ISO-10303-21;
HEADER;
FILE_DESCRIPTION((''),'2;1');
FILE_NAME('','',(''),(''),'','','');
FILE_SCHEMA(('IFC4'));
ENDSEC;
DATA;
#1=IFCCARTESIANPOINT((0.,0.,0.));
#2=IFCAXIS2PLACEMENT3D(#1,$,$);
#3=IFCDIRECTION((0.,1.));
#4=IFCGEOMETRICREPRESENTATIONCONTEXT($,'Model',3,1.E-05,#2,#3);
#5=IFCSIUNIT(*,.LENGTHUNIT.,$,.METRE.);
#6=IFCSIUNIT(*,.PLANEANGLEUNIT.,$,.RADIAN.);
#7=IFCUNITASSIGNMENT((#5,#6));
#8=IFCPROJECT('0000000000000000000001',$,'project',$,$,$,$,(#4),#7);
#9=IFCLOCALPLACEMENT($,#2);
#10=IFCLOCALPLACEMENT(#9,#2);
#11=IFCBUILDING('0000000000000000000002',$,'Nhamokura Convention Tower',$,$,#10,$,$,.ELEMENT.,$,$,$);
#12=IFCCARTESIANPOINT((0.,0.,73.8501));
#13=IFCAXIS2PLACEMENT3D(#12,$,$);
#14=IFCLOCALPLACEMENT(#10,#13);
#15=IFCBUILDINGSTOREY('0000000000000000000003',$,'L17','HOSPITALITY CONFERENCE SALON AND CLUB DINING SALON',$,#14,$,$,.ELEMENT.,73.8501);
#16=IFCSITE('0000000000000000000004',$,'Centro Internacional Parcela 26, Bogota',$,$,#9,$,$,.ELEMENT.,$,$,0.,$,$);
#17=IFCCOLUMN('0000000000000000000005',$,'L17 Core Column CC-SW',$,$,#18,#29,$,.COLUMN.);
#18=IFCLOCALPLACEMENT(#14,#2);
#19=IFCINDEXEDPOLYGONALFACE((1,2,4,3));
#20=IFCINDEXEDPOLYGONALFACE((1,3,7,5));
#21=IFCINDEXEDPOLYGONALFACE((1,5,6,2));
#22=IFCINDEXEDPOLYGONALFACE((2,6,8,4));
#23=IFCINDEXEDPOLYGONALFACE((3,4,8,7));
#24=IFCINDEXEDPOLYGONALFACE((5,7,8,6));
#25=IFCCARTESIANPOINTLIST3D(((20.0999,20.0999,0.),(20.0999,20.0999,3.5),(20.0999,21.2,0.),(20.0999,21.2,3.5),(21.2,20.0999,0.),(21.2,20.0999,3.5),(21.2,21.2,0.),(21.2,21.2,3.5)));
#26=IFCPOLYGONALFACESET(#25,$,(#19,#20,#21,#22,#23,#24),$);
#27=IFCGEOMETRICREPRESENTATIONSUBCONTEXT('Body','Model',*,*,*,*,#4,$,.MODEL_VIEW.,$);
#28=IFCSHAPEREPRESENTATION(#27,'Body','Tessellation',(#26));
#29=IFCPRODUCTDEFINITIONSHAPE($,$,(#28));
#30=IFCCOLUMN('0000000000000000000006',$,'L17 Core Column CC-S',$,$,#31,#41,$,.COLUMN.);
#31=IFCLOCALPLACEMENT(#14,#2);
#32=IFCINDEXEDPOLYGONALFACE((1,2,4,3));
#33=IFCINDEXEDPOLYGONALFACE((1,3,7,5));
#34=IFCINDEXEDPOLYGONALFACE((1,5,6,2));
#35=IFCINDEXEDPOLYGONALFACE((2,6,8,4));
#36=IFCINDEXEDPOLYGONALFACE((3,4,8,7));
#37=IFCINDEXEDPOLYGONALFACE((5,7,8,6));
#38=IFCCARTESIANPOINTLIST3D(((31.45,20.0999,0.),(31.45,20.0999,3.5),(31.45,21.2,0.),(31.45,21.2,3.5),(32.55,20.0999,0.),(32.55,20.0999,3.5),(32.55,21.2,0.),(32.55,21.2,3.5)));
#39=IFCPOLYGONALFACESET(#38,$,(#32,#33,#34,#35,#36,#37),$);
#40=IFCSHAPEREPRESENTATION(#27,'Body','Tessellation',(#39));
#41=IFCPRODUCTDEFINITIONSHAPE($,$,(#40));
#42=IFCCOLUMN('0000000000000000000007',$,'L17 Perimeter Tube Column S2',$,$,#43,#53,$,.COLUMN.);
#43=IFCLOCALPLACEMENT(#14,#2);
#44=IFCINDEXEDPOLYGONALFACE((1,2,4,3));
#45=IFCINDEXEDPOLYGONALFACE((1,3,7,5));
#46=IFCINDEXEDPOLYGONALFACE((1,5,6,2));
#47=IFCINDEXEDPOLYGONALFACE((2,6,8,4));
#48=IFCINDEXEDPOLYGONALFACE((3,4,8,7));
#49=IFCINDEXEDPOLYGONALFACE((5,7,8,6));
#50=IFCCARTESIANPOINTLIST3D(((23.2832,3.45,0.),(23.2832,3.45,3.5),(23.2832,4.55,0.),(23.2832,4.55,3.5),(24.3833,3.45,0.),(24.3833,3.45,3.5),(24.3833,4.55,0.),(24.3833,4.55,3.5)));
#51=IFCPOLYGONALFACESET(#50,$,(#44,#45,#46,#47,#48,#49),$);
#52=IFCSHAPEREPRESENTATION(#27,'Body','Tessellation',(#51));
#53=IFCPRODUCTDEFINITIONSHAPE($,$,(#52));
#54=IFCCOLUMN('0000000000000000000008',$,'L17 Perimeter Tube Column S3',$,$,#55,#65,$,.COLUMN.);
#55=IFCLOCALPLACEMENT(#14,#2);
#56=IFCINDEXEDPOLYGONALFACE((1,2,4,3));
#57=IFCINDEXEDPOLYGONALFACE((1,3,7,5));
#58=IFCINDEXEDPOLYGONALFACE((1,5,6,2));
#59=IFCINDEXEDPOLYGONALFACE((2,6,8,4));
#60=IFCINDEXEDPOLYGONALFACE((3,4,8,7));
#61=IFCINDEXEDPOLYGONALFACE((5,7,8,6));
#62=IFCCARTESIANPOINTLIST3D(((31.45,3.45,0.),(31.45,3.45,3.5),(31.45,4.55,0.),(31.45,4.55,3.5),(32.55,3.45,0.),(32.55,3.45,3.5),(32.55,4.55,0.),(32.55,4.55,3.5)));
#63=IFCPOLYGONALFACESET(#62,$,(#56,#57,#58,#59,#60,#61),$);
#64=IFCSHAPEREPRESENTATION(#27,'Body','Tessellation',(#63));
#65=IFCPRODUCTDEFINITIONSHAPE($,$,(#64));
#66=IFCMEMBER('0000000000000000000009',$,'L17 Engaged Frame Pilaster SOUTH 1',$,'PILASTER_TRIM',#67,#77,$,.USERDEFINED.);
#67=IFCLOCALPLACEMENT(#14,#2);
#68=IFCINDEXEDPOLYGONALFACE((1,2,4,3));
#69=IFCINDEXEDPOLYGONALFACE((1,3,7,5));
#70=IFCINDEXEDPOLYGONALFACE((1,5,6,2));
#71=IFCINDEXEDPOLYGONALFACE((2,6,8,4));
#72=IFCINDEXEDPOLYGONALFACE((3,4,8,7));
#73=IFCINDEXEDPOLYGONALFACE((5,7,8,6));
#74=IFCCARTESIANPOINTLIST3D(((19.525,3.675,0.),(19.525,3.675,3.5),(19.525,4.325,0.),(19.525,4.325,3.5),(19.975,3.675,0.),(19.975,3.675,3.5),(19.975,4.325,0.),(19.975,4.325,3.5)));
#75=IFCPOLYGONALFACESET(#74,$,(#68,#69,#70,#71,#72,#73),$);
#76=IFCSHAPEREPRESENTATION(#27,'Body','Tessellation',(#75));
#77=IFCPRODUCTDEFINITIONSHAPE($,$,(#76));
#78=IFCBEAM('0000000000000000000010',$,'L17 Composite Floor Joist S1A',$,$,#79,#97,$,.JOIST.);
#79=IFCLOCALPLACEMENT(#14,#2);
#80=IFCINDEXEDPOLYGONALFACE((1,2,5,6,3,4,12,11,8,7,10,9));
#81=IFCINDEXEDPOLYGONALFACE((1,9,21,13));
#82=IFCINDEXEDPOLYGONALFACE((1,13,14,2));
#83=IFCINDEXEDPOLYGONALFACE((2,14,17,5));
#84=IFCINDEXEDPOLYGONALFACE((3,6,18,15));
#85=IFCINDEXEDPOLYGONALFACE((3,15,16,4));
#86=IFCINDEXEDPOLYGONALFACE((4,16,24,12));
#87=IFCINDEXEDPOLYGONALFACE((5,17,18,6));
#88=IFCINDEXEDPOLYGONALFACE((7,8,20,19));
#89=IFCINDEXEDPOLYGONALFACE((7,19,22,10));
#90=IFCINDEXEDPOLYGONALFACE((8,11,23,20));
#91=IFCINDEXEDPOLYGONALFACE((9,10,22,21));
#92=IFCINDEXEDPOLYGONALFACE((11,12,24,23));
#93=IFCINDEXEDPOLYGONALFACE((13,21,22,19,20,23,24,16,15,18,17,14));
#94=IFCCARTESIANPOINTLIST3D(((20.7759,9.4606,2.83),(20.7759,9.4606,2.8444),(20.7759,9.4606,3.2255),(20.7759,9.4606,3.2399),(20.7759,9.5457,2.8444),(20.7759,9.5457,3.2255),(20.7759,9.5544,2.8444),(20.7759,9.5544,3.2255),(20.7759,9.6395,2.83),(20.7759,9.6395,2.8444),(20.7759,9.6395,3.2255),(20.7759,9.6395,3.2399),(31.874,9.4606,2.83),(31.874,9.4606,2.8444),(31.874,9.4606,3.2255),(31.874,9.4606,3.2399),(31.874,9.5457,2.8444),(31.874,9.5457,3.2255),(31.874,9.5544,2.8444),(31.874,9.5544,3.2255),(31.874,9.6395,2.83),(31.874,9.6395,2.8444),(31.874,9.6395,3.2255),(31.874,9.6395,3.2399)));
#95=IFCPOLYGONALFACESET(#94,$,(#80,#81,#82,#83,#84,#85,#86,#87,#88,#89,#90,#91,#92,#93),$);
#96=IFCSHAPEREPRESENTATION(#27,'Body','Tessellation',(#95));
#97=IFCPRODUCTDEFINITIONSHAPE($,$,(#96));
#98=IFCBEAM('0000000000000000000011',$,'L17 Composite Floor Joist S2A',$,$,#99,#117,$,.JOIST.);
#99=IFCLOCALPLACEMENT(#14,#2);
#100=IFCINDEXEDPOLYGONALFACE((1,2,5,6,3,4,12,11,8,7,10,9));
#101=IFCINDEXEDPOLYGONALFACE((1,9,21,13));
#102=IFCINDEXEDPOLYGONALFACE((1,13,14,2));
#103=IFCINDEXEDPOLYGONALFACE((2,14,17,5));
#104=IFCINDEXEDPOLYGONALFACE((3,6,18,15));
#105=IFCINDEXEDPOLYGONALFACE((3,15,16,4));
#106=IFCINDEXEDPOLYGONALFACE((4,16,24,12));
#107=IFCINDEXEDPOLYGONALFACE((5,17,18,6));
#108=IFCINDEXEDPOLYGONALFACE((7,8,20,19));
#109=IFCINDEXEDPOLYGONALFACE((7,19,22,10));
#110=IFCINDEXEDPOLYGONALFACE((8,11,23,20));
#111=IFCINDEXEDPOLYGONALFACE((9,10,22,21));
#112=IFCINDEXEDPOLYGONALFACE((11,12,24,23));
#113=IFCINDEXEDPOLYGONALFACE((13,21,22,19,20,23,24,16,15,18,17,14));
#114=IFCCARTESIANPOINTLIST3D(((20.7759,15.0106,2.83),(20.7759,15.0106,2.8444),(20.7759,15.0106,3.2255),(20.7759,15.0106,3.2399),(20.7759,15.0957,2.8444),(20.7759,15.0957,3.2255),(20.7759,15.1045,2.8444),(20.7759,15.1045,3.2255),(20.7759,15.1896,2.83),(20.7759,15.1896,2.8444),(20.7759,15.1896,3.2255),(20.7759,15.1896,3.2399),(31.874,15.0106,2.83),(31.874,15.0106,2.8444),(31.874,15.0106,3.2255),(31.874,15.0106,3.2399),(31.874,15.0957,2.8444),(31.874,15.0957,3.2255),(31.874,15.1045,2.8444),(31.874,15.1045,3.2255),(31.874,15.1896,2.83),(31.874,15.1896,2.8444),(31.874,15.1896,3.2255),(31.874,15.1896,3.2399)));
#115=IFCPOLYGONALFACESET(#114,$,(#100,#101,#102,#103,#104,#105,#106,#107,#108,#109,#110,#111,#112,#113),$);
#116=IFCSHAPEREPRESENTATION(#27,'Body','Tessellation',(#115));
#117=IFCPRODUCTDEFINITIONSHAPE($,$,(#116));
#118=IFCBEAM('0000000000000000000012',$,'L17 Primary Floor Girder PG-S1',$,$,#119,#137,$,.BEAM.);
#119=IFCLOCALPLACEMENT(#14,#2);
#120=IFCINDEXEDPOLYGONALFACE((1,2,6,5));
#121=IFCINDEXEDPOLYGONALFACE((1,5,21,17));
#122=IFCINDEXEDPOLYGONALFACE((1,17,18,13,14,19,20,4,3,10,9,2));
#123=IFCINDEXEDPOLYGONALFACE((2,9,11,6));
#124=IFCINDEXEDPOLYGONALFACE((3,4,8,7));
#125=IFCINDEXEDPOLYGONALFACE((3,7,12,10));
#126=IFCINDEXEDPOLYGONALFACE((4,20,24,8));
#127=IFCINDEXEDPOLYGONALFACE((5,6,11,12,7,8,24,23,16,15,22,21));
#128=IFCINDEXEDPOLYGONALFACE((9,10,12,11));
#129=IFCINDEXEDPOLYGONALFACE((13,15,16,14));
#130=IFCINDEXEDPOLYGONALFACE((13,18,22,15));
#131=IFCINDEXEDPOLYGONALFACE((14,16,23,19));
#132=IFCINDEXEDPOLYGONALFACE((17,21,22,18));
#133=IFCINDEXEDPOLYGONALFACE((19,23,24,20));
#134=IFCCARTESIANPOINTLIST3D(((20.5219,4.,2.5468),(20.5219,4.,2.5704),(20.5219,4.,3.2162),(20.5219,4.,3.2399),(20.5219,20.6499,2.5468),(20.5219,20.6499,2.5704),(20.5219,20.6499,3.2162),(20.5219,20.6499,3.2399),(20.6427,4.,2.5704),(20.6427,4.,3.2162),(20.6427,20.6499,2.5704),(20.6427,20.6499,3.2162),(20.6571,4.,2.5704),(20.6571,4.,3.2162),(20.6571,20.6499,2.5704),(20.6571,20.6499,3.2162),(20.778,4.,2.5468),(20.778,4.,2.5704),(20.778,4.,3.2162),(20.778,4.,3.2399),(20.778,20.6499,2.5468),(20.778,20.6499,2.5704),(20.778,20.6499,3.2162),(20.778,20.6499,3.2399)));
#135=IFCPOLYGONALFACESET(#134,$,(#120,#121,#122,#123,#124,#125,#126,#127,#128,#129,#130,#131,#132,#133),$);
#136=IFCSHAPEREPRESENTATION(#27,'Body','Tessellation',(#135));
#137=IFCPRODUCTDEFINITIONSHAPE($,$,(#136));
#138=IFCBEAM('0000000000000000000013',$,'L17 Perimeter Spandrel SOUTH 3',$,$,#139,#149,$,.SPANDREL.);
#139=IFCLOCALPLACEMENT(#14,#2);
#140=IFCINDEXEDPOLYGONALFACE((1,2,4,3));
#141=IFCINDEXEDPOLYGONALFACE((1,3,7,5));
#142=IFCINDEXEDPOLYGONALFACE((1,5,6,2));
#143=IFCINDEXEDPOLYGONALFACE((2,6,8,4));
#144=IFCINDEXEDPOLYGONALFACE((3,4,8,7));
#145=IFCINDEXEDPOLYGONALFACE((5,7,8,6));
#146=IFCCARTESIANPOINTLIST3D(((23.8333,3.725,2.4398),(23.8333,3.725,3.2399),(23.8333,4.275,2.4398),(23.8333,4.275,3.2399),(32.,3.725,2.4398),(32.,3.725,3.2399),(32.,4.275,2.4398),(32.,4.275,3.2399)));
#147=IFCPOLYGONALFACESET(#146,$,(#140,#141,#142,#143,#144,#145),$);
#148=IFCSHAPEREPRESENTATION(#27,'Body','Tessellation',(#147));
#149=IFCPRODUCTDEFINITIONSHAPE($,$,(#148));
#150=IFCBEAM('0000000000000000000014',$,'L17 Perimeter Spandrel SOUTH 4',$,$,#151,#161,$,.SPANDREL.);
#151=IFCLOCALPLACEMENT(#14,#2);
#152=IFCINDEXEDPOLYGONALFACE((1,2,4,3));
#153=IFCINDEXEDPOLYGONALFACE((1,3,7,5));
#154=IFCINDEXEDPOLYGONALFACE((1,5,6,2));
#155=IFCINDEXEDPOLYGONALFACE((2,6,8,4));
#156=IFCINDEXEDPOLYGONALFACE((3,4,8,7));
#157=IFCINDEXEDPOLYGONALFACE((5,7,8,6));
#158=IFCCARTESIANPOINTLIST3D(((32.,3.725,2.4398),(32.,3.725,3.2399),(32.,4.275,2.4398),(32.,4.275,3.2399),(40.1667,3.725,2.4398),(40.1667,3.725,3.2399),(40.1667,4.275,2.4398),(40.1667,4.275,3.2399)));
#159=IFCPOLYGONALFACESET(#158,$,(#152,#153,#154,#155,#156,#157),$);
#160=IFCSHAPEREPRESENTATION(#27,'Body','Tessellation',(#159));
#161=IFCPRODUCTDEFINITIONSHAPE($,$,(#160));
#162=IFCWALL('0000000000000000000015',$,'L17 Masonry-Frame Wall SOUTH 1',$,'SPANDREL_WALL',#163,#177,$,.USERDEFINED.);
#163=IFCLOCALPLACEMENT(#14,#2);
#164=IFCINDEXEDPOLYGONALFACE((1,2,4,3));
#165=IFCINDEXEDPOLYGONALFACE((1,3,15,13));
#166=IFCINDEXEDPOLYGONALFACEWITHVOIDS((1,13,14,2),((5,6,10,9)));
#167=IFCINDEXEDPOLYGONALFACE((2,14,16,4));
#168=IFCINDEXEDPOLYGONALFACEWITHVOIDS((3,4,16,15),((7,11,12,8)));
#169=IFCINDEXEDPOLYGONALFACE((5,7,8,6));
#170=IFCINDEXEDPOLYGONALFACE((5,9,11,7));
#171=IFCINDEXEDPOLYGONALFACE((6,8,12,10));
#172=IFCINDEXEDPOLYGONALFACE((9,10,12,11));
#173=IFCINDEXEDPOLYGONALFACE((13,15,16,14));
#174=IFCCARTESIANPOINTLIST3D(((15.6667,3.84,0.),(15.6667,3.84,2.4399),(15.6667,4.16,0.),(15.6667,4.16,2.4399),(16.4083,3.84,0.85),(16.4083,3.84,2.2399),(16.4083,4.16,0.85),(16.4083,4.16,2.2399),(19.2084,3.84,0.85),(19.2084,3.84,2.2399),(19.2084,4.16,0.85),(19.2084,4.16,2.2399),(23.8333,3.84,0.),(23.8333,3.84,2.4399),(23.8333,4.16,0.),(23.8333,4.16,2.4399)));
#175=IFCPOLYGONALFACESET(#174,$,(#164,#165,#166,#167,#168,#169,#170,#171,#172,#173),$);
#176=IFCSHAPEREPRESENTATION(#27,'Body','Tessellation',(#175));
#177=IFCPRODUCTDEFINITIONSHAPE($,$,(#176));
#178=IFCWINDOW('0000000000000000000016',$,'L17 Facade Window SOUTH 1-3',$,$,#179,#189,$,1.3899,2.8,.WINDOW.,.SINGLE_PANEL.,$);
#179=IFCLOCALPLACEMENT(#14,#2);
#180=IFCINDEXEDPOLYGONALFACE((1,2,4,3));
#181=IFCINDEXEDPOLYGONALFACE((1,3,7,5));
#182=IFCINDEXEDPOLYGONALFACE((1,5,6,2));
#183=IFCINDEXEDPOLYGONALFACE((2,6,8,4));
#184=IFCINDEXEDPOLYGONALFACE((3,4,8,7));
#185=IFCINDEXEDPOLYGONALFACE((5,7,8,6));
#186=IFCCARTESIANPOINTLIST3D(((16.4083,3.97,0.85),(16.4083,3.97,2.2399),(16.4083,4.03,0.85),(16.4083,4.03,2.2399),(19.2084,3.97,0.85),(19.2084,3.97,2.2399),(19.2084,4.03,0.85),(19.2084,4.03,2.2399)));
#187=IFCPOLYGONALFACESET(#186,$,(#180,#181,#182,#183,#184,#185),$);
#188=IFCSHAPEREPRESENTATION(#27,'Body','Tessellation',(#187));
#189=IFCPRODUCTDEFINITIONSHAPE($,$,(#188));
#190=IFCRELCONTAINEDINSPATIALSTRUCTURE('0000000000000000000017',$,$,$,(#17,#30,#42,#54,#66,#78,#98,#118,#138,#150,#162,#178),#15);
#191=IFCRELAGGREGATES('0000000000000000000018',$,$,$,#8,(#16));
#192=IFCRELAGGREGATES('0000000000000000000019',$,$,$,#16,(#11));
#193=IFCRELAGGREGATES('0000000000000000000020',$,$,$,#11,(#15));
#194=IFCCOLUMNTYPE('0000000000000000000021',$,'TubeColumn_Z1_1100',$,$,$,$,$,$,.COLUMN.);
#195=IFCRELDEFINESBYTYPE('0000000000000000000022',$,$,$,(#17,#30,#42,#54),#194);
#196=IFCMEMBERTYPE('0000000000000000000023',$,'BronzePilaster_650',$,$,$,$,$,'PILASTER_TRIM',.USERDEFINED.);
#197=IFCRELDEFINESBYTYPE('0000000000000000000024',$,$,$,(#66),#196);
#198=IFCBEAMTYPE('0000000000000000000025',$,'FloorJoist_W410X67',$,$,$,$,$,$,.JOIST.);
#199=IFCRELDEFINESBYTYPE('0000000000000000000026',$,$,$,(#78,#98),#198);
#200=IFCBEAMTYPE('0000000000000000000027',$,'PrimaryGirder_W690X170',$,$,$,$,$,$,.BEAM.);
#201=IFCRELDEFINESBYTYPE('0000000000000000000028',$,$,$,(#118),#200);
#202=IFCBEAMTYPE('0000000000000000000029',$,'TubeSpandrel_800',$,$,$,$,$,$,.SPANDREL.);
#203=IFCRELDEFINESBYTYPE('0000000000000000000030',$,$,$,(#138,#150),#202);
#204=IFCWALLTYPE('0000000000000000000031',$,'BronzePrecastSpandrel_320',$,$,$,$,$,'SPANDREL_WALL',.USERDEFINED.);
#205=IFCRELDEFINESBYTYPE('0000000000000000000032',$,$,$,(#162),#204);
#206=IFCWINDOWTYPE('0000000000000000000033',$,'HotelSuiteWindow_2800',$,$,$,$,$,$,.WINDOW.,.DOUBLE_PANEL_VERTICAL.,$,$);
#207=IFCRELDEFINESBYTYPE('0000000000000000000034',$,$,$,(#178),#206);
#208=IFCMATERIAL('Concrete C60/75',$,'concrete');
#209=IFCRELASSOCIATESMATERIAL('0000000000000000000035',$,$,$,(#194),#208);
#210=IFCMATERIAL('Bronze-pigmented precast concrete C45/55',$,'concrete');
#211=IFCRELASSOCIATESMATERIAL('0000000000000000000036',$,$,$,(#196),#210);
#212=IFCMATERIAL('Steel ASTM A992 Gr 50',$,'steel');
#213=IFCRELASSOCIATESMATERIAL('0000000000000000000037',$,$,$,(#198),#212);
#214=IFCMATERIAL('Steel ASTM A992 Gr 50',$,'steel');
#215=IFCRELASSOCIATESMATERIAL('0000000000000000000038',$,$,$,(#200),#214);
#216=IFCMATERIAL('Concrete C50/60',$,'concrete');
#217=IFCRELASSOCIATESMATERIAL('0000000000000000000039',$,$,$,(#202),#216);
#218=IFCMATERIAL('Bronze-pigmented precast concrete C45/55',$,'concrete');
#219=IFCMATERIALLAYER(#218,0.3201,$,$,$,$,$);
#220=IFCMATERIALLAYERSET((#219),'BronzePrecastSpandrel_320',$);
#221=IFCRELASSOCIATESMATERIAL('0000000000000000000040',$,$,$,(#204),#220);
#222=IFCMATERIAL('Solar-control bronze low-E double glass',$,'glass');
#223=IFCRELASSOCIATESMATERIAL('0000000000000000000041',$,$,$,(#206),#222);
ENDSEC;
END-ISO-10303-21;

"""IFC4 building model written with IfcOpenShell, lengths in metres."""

from ifc_helpers import new_model, si_unit, direction, frame, frame_2d, origin, origin_2d, place, context, subcontext, project, spatial, rectangle, i_section, extrude, material, layer, layer_set, material_profile, profile_set, type_object, element, fill, save


model = new_model("IFC4")

# Units and contexts
model_context = context("Model", 3, precision=1e-05, world=origin(), true_north=direction((0.0, 1.0)))
body_context = subcontext(model_context, "Body", "Model", "MODEL_VIEW")
ifc_project = project(units=[si_unit("LENGTHUNIT", "METRE"), si_unit("PLANEANGLEUNIT", "RADIAN")], contexts=[model_context])

# Site, building, storey
site_placement = place(None, origin())
site = spatial("IfcSite", under=ifc_project, at=site_placement, Name="Centro Internacional Parcela 26, Bogota", CompositionType="ELEMENT", RefElevation=0.0)
building_placement = place(site_placement, origin())
building = spatial("IfcBuilding", under=site, at=building_placement, Name="Nhamokura Convention Tower", CompositionType="ELEMENT")
storey_placement = place(building_placement, frame((0.0, 0.0, 73.8501)))
storey = spatial("IfcBuildingStorey", under=building, at=storey_placement, Name="L17", Description="HOSPITALITY CONFERENCE SALON AND CLUB DINING SALON", CompositionType="ELEMENT", Elevation=73.8501)

# Columns
ifc_material_1 = material(Name="Concrete C60/75", Category="concrete")
ifc_material_profile_1 = material_profile(ifc_material_1, rectangle(XDim=1.1001, YDim=1.1001, at=origin_2d()))
ifc_profile_set_1 = profile_set([ifc_material_profile_1], Name="Concrete C60/75")
column_type = type_object("IfcColumnType", Name="TubeColumn_Z1_1100", PredefinedType="COLUMN", material=ifc_profile_set_1)
for number, where, z_axis, x_axis, name in (
    (1, (20.6499, 20.6499, 0.0), (0.0, 0.0, 1.0), (1.0, 0.0, 0.0), "L17 Core Column CC-SW"),
    (2, (32.0, 20.6499, 0.0), (0.0, 0.0, 1.0), (1.0, 0.0, 0.0), "L17 Core Column CC-S"),
    (3, (23.8333, 4.0, 0.0), (0.0, 0.0, 1.0), (1.0, 0.0, 0.0), "L17 Perimeter Tube Column S2"),
    (4, (32.0, 4.0, 0.0), (0.0, 0.0, 1.0), (1.0, 0.0, 0.0), "L17 Perimeter Tube Column S3"),
):
    element("IfcColumn", number, at=place(storey_placement, frame(where, z_axis=z_axis, x_axis=x_axis)), inside=storey, type_object=column_type, Name=name, PredefinedType="COLUMN", context=body_context, shape_type="SweptSolid", body=[
        extrude(rectangle(XDim=1.1001, YDim=1.1001, at=origin_2d()), origin(), (0.0, 0.0, 1.0), 3.5),
    ])

# Member
ifc_material_2 = material(Name="Bronze-pigmented precast concrete C45/55", Category="concrete")
ifc_material_profile_2 = material_profile(ifc_material_2, rectangle(XDim=0.45, YDim=0.6499, at=origin_2d()))
ifc_profile_set_2 = profile_set([ifc_material_profile_2], Name="Bronze-pigmented precast concrete C45/55")
member_type = type_object("IfcMemberType", Name="BronzePilaster_650", ElementType="PILASTER_TRIM", PredefinedType="USERDEFINED", material=ifc_profile_set_2)
member_placement = place(storey_placement, frame((19.75, 4.0, 0.0), z_axis=(0.0, 0.0, 1.0), x_axis=(1.0, 0.0, 0.0)))
element("IfcMember", 5, at=member_placement, inside=storey, type_object=member_type, Name="L17 Engaged Frame Pilaster SOUTH 1", ObjectType="PILASTER_TRIM", PredefinedType="USERDEFINED", context=body_context, shape_type="SweptSolid", body=[
    extrude(rectangle(XDim=0.45, YDim=0.6499, at=origin_2d()), origin(), (0.0, 0.0, 1.0), 3.5),
])

# Beams
ifc_material_3 = material(Name="Steel ASTM A992 Gr 50", Category="steel")
ifc_material_profile_3 = material_profile(ifc_material_3, i_section(OverallWidth=0.179, OverallDepth=0.4099, WebThickness=0.0088, FlangeThickness=0.0144, at=origin_2d()))
ifc_profile_set_3 = profile_set([ifc_material_profile_3], Name="Steel ASTM A992 Gr 50")
beam_type_1 = type_object("IfcBeamType", Name="FloorJoist_W410X67", PredefinedType="JOIST", material=ifc_profile_set_3)
for number, where, z_axis, x_axis, name in (
    (6, (20.7759, 9.55, 3.0349), (1.0, 0.0, 0.0), (0.0, 1.0, 0.0), "L17 Composite Floor Joist S1A"),
    (7, (20.7759, 15.1001, 3.0349), (1.0, 0.0, 0.0), (0.0, 1.0, 0.0), "L17 Composite Floor Joist S2A"),
):
    element("IfcBeam", number, at=place(storey_placement, frame(where, z_axis=z_axis, x_axis=x_axis)), inside=storey, type_object=beam_type_1, Name=name, PredefinedType="JOIST", context=body_context, shape_type="SweptSolid", body=[
        extrude(i_section(OverallWidth=0.179, OverallDepth=0.4099, WebThickness=0.0088, FlangeThickness=0.0144, at=origin_2d()), origin(), (0.0, 0.0, 1.0), 11.0981),
    ])
ifc_material_4 = material(Name="Steel ASTM A992 Gr 50", Category="steel")
ifc_material_profile_4 = material_profile(ifc_material_4, i_section(OverallWidth=0.2561, OverallDepth=0.6931, WebThickness=0.0144, FlangeThickness=0.0237, at=origin_2d()))
ifc_profile_set_4 = profile_set([ifc_material_profile_4], Name="Steel ASTM A992 Gr 50")
beam_type_2 = type_object("IfcBeamType", Name="PrimaryGirder_W690X170", PredefinedType="BEAM", material=ifc_profile_set_4)
beam_placement = place(storey_placement, frame((20.6499, 4.0, 2.8933), z_axis=(0.0, 1.0, 0.0), x_axis=(-1.0, 0.0, 0.0)))
element("IfcBeam", 8, at=beam_placement, inside=storey, type_object=beam_type_2, Name="L17 Primary Floor Girder PG-S1", PredefinedType="BEAM", context=body_context, shape_type="SweptSolid", body=[
    extrude(i_section(OverallWidth=0.2561, OverallDepth=0.6931, WebThickness=0.0144, FlangeThickness=0.0237, at=origin_2d()), origin(), (0.0, 0.0, 1.0), 16.6499),
])
ifc_material_5 = material(Name="Concrete C50/60", Category="concrete")
ifc_material_profile_5 = material_profile(ifc_material_5, rectangle(XDim=0.55, YDim=0.8, at=origin_2d()))
ifc_profile_set_5 = profile_set([ifc_material_profile_5], Name="Concrete C50/60")
beam_type_3 = type_object("IfcBeamType", Name="TubeSpandrel_800", PredefinedType="SPANDREL", material=ifc_profile_set_5)
for number, where, z_axis, x_axis, name in (
    (9, (23.8333, 4.0, 2.8398), (1.0, 0.0, 0.0), (0.0, 1.0, 0.0), "L17 Perimeter Spandrel SOUTH 3"),
    (10, (32.0, 4.0, 2.8398), (1.0, 0.0, 0.0), (0.0, 1.0, 0.0), "L17 Perimeter Spandrel SOUTH 4"),
):
    element("IfcBeam", number, at=place(storey_placement, frame(where, z_axis=z_axis, x_axis=x_axis)), inside=storey, type_object=beam_type_3, Name=name, PredefinedType="SPANDREL", context=body_context, shape_type="SweptSolid", body=[
        extrude(rectangle(XDim=0.55, YDim=0.8, at=origin_2d()), origin(), (0.0, 0.0, 1.0), 8.1667),
    ])

# Wall, opening, window
ifc_material_6 = material(Name="Bronze-pigmented precast concrete C45/55", Category="concrete")
ifc_layer_1 = layer(ifc_material_6, 0.3201)
ifc_layer_set_1 = layer_set([ifc_layer_1], Name="BronzePrecastSpandrel_320")
wall_type_1 = type_object("IfcWallType", Name="BronzePrecastSpandrel_320", ElementType="SPANDREL_WALL", PredefinedType="USERDEFINED", material=ifc_layer_set_1)
wall_1_placement = place(storey_placement, frame((23.8333, 4.0, 0.0), z_axis=(0.0, 0.0, 1.0), x_axis=(-1.0, 0.0, 0.0)))
wall_1 = element("IfcWall", 11, at=wall_1_placement, inside=storey, type_object=wall_type_1, Name="L17 Masonry-Frame Wall SOUTH 1", ObjectType="SPANDREL_WALL", PredefinedType="USERDEFINED", context=body_context, shape_type="SweptSolid", body=[
    extrude(rectangle(XDim=8.1665, YDim=0.3201, at=frame_2d((4.0833, 0.0))), origin(), (0.0, 0.0, 1.0), 2.4399),
])
opening_1_placement = place(wall_1_placement, frame((4.625, 0.0, 0.8501)))
opening_1 = element("IfcOpeningElement", 12, at=opening_1_placement, cuts=wall_1, PredefinedType="OPENING", context=body_context, shape_type="SweptSolid", body=[
    extrude(rectangle(XDim=2.8, YDim=1.3899, at=frame_2d((1.3999, 0.6948))), frame((0.0, 0.1699, 0.0), z_axis=(0.0, -1.0, 0.0), x_axis=(1.0, 0.0, 0.0)), (0.0, 0.0, 1.0), 0.3401),
])
ifc_material_7 = material(Name="Solar-control bronze low-E double glass", Category="glass")
window_type = type_object("IfcWindowType", Name="HotelSuiteWindow_2800", PartitioningType="DOUBLE_PANEL_VERTICAL", PredefinedType="WINDOW", material=ifc_material_7)
window_placement = place(opening_1_placement, origin())
window = element("IfcWindow", 13, at=window_placement, inside=storey, type_object=window_type, Name="L17 Facade Window SOUTH 1-3", OverallHeight=1.3899, OverallWidth=2.8, PartitioningType="SINGLE_PANEL", PredefinedType="WINDOW", context=body_context, shape_type="SweptSolid", body=[
    extrude(rectangle(XDim=2.8, YDim=1.3899, at=frame_2d((1.3999, 0.6948))), frame((0.0, 0.03, 0.0), z_axis=(0.0, -1.0, 0.0), x_axis=(1.0, 0.0, 0.0)), (0.0, 0.0, 1.0), 0.0601),
])
fill(opening_1, window)

save(model, "model.ifc")
